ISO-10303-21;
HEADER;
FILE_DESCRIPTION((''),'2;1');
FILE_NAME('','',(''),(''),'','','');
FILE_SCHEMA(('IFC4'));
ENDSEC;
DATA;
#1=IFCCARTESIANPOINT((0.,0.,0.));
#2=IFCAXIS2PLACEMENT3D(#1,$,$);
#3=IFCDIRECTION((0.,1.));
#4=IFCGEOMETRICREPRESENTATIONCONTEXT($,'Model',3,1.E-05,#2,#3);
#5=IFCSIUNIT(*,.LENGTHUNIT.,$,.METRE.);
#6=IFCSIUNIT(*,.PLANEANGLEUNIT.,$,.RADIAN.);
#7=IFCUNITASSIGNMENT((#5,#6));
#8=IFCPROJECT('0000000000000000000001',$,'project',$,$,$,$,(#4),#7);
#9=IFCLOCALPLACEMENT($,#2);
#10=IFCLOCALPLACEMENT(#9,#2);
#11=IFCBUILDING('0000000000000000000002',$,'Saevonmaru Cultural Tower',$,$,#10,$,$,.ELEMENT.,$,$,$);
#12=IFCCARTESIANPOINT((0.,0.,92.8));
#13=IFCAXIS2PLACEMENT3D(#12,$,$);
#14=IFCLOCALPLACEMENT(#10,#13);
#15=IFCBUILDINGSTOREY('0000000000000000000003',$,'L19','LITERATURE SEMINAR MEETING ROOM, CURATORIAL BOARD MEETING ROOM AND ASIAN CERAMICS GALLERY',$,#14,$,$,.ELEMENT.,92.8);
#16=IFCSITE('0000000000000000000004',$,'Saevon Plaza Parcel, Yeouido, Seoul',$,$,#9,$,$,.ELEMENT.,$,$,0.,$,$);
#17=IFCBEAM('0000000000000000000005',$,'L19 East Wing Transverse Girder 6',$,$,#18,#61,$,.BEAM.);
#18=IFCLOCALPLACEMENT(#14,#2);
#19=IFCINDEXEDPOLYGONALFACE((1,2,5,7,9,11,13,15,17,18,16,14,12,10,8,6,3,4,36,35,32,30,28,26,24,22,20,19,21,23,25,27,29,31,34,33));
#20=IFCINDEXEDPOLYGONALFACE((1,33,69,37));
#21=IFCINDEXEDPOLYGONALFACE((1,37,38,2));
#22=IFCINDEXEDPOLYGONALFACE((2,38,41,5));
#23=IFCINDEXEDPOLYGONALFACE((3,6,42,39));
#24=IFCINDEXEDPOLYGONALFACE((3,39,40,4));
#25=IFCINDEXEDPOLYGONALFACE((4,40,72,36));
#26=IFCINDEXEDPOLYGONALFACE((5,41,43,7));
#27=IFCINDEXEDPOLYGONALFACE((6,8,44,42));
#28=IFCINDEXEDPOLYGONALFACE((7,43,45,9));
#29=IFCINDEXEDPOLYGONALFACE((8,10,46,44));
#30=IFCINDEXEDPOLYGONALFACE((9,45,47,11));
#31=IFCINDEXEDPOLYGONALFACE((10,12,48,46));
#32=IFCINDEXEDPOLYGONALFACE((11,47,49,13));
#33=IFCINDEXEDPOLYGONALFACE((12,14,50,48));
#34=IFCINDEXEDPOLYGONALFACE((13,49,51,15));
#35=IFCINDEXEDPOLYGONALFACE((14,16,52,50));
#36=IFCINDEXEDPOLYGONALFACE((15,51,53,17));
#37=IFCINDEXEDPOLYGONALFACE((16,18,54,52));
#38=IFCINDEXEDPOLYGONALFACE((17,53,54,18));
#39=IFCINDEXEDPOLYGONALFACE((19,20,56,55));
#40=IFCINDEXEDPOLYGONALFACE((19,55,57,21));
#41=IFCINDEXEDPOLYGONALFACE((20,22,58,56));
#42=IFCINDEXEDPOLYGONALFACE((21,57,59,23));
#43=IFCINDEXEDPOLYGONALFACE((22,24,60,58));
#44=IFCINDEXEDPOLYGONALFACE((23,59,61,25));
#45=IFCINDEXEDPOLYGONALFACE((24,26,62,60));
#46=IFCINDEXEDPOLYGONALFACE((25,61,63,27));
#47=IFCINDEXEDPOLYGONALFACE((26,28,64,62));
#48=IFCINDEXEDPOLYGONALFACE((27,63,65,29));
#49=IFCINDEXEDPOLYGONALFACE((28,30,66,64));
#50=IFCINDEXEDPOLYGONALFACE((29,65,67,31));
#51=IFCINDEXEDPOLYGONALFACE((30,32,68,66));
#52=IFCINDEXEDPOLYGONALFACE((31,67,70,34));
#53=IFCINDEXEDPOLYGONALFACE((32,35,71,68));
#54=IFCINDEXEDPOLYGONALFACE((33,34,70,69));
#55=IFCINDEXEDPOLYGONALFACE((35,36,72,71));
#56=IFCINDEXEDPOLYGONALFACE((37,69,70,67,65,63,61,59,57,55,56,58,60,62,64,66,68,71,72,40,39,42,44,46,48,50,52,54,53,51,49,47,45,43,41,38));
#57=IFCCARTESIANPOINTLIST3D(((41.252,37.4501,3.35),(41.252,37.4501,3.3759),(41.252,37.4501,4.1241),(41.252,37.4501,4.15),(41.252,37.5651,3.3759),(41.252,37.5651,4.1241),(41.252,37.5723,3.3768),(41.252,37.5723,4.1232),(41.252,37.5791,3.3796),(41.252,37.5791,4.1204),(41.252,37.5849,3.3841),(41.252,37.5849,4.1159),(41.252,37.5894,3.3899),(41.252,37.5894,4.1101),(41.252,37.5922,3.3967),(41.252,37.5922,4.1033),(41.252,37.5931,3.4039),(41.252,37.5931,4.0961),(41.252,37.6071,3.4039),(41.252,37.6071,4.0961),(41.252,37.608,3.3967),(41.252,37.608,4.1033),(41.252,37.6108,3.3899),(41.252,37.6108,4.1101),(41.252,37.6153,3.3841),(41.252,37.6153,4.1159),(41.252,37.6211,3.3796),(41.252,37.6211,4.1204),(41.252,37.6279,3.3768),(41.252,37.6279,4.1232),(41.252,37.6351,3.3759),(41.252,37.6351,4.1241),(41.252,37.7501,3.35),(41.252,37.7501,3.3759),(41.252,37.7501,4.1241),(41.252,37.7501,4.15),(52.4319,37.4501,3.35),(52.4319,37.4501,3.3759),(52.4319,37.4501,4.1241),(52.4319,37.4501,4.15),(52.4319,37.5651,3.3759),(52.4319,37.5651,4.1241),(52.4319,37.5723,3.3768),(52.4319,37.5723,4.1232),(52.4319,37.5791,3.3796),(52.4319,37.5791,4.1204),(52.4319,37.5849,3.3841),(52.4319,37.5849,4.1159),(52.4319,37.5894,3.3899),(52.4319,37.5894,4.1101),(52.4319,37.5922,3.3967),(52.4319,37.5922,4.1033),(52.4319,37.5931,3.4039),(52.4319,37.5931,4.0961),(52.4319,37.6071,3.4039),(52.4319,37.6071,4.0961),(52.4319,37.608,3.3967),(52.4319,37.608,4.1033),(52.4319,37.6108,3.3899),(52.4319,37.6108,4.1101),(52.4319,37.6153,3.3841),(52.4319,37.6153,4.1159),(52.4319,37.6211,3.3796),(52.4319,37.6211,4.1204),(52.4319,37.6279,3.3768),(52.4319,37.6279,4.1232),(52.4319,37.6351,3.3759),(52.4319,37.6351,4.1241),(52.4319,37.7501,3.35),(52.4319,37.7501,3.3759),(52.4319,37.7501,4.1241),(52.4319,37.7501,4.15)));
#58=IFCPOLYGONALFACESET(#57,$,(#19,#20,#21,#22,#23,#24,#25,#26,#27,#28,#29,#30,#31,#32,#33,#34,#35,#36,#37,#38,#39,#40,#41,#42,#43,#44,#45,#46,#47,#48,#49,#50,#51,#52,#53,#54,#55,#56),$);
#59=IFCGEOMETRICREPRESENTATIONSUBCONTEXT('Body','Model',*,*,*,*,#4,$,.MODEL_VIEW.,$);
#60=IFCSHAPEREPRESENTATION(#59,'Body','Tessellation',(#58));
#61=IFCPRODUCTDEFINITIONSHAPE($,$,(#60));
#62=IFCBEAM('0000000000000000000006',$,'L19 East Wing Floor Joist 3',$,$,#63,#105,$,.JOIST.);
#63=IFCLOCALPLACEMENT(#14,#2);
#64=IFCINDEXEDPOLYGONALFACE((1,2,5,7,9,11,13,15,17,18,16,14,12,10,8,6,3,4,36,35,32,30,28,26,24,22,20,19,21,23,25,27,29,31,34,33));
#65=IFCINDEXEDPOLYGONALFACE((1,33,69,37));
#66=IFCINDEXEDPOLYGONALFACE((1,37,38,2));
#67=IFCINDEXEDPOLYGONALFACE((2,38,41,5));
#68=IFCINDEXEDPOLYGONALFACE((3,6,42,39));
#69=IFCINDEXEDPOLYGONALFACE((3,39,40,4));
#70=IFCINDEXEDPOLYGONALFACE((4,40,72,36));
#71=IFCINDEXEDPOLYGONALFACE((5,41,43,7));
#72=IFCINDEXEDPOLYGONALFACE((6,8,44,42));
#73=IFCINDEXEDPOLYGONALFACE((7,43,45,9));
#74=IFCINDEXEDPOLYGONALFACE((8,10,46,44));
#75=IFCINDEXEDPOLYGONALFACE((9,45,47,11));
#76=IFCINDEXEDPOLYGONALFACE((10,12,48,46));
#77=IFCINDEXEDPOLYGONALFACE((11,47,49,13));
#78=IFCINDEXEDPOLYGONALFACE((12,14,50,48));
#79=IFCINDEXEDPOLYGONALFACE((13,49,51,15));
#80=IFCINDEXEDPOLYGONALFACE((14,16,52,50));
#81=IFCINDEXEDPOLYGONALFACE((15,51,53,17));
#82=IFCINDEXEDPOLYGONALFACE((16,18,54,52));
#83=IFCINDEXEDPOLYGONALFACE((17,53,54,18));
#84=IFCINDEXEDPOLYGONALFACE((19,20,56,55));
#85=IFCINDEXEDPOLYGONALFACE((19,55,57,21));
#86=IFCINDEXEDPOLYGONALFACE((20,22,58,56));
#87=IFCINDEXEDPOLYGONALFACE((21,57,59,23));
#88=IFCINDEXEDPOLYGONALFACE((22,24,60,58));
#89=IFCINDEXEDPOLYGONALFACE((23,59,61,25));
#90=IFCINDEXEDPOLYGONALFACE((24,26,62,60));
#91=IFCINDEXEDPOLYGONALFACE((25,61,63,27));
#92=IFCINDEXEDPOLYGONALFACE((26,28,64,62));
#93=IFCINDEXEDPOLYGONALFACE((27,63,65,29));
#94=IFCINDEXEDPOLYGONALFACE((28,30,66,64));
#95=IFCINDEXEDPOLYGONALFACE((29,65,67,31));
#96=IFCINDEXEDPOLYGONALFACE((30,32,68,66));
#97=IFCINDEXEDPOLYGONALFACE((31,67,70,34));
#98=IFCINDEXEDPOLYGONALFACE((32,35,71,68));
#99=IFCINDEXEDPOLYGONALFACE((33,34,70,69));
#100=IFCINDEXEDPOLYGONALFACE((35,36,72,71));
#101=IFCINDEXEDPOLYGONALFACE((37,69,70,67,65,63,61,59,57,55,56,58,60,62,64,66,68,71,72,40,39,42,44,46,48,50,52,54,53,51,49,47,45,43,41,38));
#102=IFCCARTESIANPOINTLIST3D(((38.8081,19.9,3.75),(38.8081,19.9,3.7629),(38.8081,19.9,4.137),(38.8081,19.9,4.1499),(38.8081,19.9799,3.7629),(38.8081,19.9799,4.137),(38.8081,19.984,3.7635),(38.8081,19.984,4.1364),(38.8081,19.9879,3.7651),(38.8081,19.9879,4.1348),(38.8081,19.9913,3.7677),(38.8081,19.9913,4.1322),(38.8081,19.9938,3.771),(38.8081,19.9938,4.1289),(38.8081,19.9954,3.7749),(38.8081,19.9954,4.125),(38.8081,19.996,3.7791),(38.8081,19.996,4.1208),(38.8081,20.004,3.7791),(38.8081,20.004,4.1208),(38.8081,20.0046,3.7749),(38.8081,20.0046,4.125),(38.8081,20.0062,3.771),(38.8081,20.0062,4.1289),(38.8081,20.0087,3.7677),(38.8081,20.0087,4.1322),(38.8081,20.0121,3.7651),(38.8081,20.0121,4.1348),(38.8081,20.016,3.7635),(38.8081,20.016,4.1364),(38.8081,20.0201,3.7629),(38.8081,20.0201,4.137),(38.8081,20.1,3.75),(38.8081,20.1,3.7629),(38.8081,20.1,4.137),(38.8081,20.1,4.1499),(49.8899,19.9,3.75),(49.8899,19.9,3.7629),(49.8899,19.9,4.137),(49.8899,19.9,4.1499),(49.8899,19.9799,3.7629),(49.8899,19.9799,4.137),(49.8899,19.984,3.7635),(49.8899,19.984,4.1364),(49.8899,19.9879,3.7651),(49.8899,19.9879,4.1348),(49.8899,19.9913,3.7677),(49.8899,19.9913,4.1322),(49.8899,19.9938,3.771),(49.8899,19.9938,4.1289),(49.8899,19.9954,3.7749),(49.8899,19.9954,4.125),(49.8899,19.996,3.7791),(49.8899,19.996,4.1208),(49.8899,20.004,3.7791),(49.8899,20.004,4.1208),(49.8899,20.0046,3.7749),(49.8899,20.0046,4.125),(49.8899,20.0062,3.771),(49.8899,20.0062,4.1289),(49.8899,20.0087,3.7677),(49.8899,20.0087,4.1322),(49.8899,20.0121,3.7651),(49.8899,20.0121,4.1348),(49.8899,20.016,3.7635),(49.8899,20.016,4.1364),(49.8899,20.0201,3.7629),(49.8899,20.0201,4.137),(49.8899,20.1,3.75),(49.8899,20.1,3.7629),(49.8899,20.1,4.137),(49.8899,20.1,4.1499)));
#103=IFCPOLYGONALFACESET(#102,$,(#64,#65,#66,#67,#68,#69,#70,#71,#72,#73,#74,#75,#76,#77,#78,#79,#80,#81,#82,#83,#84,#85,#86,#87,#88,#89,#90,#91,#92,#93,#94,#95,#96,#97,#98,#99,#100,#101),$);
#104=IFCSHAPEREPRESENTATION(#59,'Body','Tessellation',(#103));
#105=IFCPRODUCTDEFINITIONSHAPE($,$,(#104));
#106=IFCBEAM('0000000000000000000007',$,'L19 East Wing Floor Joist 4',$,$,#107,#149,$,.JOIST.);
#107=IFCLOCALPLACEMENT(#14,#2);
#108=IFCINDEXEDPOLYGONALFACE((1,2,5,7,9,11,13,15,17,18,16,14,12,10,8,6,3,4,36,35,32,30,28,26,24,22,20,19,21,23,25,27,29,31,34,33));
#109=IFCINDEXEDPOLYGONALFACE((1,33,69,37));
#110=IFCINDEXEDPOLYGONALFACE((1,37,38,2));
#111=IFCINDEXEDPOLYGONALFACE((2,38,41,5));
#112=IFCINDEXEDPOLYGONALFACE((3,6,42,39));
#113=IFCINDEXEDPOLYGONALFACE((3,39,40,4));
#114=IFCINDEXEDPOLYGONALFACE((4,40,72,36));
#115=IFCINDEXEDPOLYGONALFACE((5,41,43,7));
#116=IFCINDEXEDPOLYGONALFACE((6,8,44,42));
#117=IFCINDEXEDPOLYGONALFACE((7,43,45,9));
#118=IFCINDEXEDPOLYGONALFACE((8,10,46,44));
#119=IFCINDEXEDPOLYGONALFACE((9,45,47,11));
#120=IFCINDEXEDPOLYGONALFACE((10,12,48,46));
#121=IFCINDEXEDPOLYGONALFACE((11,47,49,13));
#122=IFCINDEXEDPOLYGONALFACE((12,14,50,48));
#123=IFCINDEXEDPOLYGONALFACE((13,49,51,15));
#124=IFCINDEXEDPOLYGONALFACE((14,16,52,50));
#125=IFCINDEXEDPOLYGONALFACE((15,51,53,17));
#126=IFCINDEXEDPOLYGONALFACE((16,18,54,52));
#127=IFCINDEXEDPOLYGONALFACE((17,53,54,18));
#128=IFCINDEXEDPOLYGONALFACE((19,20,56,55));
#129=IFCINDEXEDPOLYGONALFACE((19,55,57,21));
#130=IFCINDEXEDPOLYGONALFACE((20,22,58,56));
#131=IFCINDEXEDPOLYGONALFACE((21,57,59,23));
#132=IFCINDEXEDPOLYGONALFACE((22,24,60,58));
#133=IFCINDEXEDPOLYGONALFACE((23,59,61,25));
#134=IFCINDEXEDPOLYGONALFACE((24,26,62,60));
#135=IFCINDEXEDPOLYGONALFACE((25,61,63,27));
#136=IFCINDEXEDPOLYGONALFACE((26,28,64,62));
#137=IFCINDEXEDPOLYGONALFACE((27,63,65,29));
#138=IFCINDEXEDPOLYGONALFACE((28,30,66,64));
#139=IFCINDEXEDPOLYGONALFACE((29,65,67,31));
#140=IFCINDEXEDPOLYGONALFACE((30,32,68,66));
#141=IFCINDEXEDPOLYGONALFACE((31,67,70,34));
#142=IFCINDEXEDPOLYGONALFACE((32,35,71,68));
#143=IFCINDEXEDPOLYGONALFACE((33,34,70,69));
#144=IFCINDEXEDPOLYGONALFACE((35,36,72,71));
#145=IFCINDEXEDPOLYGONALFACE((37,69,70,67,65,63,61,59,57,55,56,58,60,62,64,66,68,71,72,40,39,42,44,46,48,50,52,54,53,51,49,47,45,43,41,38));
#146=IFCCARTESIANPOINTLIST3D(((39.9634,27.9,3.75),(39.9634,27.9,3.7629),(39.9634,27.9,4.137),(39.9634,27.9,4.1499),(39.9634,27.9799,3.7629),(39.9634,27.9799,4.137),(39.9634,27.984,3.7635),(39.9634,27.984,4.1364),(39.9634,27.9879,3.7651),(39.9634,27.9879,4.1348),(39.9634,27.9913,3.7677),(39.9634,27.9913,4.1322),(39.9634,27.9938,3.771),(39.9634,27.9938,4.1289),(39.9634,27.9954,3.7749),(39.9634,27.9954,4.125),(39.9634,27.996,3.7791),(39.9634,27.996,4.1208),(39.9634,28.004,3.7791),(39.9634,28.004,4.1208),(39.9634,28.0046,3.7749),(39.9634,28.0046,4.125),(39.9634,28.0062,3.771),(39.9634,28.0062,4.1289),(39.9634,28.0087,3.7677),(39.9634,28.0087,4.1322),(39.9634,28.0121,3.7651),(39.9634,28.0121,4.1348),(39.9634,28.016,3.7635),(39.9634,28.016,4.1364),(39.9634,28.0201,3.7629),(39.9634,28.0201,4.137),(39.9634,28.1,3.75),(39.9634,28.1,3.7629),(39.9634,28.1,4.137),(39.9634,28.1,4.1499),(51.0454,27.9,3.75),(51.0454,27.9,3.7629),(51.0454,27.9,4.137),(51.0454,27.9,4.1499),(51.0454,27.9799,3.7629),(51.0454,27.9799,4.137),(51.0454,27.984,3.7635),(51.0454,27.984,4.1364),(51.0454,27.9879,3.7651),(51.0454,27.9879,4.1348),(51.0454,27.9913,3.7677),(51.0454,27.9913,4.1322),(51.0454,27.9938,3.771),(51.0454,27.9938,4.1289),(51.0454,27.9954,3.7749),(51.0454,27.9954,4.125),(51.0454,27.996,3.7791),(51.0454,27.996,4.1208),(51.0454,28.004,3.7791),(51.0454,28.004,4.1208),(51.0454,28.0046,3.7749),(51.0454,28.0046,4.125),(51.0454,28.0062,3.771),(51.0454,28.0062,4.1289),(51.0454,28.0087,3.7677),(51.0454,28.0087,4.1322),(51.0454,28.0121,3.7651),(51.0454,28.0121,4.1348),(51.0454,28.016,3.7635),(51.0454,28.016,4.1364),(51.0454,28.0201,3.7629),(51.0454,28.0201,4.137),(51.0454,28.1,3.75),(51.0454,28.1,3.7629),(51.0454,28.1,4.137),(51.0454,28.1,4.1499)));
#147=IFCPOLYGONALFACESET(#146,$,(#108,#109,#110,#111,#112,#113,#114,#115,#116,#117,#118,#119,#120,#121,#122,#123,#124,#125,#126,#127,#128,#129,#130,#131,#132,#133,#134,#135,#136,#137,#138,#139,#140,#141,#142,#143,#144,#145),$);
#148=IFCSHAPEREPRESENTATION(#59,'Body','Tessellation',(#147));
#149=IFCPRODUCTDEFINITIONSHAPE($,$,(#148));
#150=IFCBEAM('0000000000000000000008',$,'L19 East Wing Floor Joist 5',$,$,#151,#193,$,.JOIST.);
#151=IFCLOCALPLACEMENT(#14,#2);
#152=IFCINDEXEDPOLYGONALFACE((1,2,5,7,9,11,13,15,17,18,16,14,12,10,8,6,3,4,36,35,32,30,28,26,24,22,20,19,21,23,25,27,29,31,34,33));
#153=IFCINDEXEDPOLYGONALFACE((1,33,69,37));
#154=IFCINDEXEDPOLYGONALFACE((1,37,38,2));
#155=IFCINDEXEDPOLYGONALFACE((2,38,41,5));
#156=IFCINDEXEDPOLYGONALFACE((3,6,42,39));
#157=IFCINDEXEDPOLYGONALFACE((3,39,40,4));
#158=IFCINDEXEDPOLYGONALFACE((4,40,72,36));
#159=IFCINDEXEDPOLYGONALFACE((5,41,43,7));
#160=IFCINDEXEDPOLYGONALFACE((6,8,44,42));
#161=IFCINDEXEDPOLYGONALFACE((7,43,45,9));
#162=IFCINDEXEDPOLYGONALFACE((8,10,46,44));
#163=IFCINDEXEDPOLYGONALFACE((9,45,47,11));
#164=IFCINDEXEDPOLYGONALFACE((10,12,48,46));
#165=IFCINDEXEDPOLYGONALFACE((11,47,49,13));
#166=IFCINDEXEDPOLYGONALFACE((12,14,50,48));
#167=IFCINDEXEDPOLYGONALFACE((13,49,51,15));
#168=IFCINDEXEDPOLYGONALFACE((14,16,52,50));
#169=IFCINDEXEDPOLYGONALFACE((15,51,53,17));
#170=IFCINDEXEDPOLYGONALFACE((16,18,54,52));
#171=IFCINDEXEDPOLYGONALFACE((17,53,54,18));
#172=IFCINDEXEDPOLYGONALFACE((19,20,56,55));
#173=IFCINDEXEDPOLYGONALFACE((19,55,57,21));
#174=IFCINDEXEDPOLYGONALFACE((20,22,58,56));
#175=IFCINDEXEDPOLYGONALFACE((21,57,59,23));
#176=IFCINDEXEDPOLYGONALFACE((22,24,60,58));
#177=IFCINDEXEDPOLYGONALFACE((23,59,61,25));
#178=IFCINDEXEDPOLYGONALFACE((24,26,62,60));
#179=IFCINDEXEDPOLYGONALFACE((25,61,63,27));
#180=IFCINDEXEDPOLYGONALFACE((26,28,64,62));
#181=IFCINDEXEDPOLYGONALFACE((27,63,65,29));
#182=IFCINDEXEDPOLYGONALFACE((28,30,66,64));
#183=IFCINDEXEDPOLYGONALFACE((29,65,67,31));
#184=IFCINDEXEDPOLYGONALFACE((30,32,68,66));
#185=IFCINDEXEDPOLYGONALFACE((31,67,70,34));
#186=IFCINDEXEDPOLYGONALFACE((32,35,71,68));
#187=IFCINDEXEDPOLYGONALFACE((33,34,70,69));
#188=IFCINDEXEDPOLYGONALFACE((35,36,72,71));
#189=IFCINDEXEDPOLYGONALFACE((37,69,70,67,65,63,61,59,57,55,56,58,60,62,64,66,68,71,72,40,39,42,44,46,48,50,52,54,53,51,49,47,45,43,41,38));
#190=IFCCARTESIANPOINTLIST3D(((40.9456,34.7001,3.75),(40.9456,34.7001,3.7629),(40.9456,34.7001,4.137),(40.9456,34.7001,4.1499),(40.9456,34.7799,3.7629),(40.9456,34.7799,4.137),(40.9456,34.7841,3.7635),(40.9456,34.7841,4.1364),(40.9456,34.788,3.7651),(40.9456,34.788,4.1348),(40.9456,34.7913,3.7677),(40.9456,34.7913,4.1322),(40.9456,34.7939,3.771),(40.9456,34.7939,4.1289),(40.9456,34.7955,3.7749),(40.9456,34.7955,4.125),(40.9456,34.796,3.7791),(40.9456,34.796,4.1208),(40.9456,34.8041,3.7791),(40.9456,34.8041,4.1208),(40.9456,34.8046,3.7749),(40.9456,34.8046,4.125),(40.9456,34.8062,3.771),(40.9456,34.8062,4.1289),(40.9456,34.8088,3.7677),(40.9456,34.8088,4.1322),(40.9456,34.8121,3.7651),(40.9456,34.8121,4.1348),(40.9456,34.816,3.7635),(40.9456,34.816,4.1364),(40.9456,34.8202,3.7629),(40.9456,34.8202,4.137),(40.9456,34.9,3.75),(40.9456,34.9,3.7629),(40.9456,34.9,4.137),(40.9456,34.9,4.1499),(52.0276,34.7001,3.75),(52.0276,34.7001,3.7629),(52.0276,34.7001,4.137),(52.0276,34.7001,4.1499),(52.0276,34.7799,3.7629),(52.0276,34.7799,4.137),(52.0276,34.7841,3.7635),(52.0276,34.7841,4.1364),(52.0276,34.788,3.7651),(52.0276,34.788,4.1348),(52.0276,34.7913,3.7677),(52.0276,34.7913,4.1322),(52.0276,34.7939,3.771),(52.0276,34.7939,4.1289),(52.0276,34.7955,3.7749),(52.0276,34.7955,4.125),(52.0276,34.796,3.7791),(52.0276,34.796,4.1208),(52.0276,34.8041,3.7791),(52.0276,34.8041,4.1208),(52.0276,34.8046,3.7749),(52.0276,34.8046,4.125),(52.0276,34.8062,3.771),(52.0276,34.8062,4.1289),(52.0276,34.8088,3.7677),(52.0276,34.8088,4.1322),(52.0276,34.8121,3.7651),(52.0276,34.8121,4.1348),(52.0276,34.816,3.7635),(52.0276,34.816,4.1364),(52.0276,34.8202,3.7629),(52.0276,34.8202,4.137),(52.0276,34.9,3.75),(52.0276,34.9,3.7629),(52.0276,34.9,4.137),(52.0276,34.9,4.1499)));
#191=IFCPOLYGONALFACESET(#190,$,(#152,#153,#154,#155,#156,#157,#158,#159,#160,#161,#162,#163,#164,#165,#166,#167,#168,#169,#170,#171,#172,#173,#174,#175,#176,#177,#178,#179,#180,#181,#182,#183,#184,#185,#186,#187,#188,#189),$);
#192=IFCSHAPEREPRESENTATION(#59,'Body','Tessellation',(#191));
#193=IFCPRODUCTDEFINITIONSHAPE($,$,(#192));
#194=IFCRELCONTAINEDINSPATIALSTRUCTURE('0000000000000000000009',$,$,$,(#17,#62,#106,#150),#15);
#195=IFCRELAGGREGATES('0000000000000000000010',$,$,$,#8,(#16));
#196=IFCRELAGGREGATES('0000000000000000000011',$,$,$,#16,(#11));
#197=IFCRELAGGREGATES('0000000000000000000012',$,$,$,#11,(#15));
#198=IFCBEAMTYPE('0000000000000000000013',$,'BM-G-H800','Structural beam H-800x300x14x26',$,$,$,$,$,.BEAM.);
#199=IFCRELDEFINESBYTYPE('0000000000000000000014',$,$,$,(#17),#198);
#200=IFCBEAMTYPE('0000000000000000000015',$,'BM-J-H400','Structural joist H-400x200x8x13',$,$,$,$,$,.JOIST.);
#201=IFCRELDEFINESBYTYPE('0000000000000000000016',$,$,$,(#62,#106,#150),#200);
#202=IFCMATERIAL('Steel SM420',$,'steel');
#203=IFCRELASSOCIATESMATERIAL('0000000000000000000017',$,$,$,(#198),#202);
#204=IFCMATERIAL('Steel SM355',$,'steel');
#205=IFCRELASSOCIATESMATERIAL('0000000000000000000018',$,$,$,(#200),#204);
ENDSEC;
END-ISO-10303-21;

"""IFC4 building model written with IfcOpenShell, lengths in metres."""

from ifc_helpers import new_model, si_unit, direction, frame, origin, origin_2d, place, context, subcontext, project, spatial, i_section, extrude, material, material_profile, profile_set, type_object, element, save


model = new_model("IFC4")

# Units and contexts
model_context = context("Model", 3, precision=1e-05, world=origin(), true_north=direction((0.0, 1.0)))
body_context = subcontext(model_context, "Body", "Model", "MODEL_VIEW")
ifc_project = project(units=[si_unit("LENGTHUNIT", "METRE"), si_unit("PLANEANGLEUNIT", "RADIAN")], contexts=[model_context])

# Site, building, storey
site_placement = place(None, origin())
site = spatial("IfcSite", under=ifc_project, at=site_placement, Name="Saevon Plaza Parcel, Yeouido, Seoul", CompositionType="ELEMENT", RefElevation=0.0)
building_placement = place(site_placement, origin())
building = spatial("IfcBuilding", under=site, at=building_placement, Name="Saevonmaru Cultural Tower", CompositionType="ELEMENT")
storey_placement = place(building_placement, frame((0.0, 0.0, 92.8)))
storey = spatial("IfcBuildingStorey", under=building, at=storey_placement, Name="L19", Description="LITERATURE SEMINAR MEETING ROOM, CURATORIAL BOARD MEETING ROOM AND ASIAN CERAMICS GALLERY", CompositionType="ELEMENT", Elevation=92.8)

# Shared definitions
ifc_material_1 = material(Name="Steel SM420", Category="steel")

# Beams
ifc_material_profile_1 = material_profile(ifc_material_1, i_section(OverallWidth=0.3, OverallDepth=0.8, WebThickness=0.0139, FlangeThickness=0.0259, FilletRadius=0.0281, at=origin_2d()), Name="H-800x300x14x26")
ifc_profile_set_1 = profile_set([ifc_material_profile_1], Name="Steel SM420")
beam_type_1 = type_object("IfcBeamType", Name="BM-G-H800", Description="Structural beam H-800x300x14x26", PredefinedType="BEAM", material=ifc_profile_set_1)
for number, where, z_axis, x_axis, name in (
    (1, (41.252, 37.6001, 3.75), (1.0, 0.0, 0.0), (0.0, 1.0, 0.0), "L19 East Wing Transverse Girder 6"),
):
    element("IfcBeam", number, at=place(storey_placement, frame(where, z_axis=z_axis, x_axis=x_axis)), inside=storey, type_object=beam_type_1, Name=name, PredefinedType="BEAM", context=body_context, shape_type="SweptSolid", body=[
        extrude(i_section(OverallWidth=0.3, OverallDepth=0.8, WebThickness=0.0139, FlangeThickness=0.0259, FilletRadius=0.0281, at=origin_2d()), origin(), (0.0, 0.0, 1.0), 11.1799),
    ])
ifc_material_2 = material(Name="Steel SM355", Category="steel")
ifc_material_profile_2 = material_profile(ifc_material_2, i_section(OverallWidth=0.2, OverallDepth=0.3999, WebThickness=0.0081, FlangeThickness=0.0129, FilletRadius=0.0161, at=origin_2d()), Name="H-400x200x8x13")
ifc_profile_set_2 = profile_set([ifc_material_profile_2], Name="Steel SM355")
beam_type_2 = type_object("IfcBeamType", Name="BM-J-H400", Description="Structural joist H-400x200x8x13", PredefinedType="JOIST", material=ifc_profile_set_2)
beam_1_placement = place(storey_placement, frame((38.8081, 20.0, 3.95), z_axis=(1.0, 0.0, 0.0), x_axis=(0.0, 1.0, 0.0)))
element("IfcBeam", 2, at=beam_1_placement, inside=storey, type_object=beam_type_2, Name="L19 East Wing Floor Joist 3", PredefinedType="JOIST", context=body_context, shape_type="SweptSolid", body=[
    extrude(i_section(OverallWidth=0.2, OverallDepth=0.3999, WebThickness=0.0081, FlangeThickness=0.0129, FilletRadius=0.0161, at=origin_2d()), origin(), (0.0, 0.0, 1.0), 11.0818),
])
for number, where, z_axis, x_axis, name in (
    (3, (39.9634, 28.0, 3.95), (1.0, 0.0, 0.0), (0.0, 1.0, 0.0), "L19 East Wing Floor Joist 4"),
    (4, (40.9456, 34.8, 3.95), (1.0, 0.0, 0.0), (0.0, 1.0, 0.0), "L19 East Wing Floor Joist 5"),
):
    element("IfcBeam", number, at=place(storey_placement, frame(where, z_axis=z_axis, x_axis=x_axis)), inside=storey, type_object=beam_type_2, Name=name, PredefinedType="JOIST", context=body_context, shape_type="SweptSolid", body=[
        extrude(i_section(OverallWidth=0.2, OverallDepth=0.3999, WebThickness=0.0081, FlangeThickness=0.0129, FilletRadius=0.0161, at=origin_2d()), origin(), (0.0, 0.0, 1.0), 11.082),
    ])

save(model, "model.ifc")
